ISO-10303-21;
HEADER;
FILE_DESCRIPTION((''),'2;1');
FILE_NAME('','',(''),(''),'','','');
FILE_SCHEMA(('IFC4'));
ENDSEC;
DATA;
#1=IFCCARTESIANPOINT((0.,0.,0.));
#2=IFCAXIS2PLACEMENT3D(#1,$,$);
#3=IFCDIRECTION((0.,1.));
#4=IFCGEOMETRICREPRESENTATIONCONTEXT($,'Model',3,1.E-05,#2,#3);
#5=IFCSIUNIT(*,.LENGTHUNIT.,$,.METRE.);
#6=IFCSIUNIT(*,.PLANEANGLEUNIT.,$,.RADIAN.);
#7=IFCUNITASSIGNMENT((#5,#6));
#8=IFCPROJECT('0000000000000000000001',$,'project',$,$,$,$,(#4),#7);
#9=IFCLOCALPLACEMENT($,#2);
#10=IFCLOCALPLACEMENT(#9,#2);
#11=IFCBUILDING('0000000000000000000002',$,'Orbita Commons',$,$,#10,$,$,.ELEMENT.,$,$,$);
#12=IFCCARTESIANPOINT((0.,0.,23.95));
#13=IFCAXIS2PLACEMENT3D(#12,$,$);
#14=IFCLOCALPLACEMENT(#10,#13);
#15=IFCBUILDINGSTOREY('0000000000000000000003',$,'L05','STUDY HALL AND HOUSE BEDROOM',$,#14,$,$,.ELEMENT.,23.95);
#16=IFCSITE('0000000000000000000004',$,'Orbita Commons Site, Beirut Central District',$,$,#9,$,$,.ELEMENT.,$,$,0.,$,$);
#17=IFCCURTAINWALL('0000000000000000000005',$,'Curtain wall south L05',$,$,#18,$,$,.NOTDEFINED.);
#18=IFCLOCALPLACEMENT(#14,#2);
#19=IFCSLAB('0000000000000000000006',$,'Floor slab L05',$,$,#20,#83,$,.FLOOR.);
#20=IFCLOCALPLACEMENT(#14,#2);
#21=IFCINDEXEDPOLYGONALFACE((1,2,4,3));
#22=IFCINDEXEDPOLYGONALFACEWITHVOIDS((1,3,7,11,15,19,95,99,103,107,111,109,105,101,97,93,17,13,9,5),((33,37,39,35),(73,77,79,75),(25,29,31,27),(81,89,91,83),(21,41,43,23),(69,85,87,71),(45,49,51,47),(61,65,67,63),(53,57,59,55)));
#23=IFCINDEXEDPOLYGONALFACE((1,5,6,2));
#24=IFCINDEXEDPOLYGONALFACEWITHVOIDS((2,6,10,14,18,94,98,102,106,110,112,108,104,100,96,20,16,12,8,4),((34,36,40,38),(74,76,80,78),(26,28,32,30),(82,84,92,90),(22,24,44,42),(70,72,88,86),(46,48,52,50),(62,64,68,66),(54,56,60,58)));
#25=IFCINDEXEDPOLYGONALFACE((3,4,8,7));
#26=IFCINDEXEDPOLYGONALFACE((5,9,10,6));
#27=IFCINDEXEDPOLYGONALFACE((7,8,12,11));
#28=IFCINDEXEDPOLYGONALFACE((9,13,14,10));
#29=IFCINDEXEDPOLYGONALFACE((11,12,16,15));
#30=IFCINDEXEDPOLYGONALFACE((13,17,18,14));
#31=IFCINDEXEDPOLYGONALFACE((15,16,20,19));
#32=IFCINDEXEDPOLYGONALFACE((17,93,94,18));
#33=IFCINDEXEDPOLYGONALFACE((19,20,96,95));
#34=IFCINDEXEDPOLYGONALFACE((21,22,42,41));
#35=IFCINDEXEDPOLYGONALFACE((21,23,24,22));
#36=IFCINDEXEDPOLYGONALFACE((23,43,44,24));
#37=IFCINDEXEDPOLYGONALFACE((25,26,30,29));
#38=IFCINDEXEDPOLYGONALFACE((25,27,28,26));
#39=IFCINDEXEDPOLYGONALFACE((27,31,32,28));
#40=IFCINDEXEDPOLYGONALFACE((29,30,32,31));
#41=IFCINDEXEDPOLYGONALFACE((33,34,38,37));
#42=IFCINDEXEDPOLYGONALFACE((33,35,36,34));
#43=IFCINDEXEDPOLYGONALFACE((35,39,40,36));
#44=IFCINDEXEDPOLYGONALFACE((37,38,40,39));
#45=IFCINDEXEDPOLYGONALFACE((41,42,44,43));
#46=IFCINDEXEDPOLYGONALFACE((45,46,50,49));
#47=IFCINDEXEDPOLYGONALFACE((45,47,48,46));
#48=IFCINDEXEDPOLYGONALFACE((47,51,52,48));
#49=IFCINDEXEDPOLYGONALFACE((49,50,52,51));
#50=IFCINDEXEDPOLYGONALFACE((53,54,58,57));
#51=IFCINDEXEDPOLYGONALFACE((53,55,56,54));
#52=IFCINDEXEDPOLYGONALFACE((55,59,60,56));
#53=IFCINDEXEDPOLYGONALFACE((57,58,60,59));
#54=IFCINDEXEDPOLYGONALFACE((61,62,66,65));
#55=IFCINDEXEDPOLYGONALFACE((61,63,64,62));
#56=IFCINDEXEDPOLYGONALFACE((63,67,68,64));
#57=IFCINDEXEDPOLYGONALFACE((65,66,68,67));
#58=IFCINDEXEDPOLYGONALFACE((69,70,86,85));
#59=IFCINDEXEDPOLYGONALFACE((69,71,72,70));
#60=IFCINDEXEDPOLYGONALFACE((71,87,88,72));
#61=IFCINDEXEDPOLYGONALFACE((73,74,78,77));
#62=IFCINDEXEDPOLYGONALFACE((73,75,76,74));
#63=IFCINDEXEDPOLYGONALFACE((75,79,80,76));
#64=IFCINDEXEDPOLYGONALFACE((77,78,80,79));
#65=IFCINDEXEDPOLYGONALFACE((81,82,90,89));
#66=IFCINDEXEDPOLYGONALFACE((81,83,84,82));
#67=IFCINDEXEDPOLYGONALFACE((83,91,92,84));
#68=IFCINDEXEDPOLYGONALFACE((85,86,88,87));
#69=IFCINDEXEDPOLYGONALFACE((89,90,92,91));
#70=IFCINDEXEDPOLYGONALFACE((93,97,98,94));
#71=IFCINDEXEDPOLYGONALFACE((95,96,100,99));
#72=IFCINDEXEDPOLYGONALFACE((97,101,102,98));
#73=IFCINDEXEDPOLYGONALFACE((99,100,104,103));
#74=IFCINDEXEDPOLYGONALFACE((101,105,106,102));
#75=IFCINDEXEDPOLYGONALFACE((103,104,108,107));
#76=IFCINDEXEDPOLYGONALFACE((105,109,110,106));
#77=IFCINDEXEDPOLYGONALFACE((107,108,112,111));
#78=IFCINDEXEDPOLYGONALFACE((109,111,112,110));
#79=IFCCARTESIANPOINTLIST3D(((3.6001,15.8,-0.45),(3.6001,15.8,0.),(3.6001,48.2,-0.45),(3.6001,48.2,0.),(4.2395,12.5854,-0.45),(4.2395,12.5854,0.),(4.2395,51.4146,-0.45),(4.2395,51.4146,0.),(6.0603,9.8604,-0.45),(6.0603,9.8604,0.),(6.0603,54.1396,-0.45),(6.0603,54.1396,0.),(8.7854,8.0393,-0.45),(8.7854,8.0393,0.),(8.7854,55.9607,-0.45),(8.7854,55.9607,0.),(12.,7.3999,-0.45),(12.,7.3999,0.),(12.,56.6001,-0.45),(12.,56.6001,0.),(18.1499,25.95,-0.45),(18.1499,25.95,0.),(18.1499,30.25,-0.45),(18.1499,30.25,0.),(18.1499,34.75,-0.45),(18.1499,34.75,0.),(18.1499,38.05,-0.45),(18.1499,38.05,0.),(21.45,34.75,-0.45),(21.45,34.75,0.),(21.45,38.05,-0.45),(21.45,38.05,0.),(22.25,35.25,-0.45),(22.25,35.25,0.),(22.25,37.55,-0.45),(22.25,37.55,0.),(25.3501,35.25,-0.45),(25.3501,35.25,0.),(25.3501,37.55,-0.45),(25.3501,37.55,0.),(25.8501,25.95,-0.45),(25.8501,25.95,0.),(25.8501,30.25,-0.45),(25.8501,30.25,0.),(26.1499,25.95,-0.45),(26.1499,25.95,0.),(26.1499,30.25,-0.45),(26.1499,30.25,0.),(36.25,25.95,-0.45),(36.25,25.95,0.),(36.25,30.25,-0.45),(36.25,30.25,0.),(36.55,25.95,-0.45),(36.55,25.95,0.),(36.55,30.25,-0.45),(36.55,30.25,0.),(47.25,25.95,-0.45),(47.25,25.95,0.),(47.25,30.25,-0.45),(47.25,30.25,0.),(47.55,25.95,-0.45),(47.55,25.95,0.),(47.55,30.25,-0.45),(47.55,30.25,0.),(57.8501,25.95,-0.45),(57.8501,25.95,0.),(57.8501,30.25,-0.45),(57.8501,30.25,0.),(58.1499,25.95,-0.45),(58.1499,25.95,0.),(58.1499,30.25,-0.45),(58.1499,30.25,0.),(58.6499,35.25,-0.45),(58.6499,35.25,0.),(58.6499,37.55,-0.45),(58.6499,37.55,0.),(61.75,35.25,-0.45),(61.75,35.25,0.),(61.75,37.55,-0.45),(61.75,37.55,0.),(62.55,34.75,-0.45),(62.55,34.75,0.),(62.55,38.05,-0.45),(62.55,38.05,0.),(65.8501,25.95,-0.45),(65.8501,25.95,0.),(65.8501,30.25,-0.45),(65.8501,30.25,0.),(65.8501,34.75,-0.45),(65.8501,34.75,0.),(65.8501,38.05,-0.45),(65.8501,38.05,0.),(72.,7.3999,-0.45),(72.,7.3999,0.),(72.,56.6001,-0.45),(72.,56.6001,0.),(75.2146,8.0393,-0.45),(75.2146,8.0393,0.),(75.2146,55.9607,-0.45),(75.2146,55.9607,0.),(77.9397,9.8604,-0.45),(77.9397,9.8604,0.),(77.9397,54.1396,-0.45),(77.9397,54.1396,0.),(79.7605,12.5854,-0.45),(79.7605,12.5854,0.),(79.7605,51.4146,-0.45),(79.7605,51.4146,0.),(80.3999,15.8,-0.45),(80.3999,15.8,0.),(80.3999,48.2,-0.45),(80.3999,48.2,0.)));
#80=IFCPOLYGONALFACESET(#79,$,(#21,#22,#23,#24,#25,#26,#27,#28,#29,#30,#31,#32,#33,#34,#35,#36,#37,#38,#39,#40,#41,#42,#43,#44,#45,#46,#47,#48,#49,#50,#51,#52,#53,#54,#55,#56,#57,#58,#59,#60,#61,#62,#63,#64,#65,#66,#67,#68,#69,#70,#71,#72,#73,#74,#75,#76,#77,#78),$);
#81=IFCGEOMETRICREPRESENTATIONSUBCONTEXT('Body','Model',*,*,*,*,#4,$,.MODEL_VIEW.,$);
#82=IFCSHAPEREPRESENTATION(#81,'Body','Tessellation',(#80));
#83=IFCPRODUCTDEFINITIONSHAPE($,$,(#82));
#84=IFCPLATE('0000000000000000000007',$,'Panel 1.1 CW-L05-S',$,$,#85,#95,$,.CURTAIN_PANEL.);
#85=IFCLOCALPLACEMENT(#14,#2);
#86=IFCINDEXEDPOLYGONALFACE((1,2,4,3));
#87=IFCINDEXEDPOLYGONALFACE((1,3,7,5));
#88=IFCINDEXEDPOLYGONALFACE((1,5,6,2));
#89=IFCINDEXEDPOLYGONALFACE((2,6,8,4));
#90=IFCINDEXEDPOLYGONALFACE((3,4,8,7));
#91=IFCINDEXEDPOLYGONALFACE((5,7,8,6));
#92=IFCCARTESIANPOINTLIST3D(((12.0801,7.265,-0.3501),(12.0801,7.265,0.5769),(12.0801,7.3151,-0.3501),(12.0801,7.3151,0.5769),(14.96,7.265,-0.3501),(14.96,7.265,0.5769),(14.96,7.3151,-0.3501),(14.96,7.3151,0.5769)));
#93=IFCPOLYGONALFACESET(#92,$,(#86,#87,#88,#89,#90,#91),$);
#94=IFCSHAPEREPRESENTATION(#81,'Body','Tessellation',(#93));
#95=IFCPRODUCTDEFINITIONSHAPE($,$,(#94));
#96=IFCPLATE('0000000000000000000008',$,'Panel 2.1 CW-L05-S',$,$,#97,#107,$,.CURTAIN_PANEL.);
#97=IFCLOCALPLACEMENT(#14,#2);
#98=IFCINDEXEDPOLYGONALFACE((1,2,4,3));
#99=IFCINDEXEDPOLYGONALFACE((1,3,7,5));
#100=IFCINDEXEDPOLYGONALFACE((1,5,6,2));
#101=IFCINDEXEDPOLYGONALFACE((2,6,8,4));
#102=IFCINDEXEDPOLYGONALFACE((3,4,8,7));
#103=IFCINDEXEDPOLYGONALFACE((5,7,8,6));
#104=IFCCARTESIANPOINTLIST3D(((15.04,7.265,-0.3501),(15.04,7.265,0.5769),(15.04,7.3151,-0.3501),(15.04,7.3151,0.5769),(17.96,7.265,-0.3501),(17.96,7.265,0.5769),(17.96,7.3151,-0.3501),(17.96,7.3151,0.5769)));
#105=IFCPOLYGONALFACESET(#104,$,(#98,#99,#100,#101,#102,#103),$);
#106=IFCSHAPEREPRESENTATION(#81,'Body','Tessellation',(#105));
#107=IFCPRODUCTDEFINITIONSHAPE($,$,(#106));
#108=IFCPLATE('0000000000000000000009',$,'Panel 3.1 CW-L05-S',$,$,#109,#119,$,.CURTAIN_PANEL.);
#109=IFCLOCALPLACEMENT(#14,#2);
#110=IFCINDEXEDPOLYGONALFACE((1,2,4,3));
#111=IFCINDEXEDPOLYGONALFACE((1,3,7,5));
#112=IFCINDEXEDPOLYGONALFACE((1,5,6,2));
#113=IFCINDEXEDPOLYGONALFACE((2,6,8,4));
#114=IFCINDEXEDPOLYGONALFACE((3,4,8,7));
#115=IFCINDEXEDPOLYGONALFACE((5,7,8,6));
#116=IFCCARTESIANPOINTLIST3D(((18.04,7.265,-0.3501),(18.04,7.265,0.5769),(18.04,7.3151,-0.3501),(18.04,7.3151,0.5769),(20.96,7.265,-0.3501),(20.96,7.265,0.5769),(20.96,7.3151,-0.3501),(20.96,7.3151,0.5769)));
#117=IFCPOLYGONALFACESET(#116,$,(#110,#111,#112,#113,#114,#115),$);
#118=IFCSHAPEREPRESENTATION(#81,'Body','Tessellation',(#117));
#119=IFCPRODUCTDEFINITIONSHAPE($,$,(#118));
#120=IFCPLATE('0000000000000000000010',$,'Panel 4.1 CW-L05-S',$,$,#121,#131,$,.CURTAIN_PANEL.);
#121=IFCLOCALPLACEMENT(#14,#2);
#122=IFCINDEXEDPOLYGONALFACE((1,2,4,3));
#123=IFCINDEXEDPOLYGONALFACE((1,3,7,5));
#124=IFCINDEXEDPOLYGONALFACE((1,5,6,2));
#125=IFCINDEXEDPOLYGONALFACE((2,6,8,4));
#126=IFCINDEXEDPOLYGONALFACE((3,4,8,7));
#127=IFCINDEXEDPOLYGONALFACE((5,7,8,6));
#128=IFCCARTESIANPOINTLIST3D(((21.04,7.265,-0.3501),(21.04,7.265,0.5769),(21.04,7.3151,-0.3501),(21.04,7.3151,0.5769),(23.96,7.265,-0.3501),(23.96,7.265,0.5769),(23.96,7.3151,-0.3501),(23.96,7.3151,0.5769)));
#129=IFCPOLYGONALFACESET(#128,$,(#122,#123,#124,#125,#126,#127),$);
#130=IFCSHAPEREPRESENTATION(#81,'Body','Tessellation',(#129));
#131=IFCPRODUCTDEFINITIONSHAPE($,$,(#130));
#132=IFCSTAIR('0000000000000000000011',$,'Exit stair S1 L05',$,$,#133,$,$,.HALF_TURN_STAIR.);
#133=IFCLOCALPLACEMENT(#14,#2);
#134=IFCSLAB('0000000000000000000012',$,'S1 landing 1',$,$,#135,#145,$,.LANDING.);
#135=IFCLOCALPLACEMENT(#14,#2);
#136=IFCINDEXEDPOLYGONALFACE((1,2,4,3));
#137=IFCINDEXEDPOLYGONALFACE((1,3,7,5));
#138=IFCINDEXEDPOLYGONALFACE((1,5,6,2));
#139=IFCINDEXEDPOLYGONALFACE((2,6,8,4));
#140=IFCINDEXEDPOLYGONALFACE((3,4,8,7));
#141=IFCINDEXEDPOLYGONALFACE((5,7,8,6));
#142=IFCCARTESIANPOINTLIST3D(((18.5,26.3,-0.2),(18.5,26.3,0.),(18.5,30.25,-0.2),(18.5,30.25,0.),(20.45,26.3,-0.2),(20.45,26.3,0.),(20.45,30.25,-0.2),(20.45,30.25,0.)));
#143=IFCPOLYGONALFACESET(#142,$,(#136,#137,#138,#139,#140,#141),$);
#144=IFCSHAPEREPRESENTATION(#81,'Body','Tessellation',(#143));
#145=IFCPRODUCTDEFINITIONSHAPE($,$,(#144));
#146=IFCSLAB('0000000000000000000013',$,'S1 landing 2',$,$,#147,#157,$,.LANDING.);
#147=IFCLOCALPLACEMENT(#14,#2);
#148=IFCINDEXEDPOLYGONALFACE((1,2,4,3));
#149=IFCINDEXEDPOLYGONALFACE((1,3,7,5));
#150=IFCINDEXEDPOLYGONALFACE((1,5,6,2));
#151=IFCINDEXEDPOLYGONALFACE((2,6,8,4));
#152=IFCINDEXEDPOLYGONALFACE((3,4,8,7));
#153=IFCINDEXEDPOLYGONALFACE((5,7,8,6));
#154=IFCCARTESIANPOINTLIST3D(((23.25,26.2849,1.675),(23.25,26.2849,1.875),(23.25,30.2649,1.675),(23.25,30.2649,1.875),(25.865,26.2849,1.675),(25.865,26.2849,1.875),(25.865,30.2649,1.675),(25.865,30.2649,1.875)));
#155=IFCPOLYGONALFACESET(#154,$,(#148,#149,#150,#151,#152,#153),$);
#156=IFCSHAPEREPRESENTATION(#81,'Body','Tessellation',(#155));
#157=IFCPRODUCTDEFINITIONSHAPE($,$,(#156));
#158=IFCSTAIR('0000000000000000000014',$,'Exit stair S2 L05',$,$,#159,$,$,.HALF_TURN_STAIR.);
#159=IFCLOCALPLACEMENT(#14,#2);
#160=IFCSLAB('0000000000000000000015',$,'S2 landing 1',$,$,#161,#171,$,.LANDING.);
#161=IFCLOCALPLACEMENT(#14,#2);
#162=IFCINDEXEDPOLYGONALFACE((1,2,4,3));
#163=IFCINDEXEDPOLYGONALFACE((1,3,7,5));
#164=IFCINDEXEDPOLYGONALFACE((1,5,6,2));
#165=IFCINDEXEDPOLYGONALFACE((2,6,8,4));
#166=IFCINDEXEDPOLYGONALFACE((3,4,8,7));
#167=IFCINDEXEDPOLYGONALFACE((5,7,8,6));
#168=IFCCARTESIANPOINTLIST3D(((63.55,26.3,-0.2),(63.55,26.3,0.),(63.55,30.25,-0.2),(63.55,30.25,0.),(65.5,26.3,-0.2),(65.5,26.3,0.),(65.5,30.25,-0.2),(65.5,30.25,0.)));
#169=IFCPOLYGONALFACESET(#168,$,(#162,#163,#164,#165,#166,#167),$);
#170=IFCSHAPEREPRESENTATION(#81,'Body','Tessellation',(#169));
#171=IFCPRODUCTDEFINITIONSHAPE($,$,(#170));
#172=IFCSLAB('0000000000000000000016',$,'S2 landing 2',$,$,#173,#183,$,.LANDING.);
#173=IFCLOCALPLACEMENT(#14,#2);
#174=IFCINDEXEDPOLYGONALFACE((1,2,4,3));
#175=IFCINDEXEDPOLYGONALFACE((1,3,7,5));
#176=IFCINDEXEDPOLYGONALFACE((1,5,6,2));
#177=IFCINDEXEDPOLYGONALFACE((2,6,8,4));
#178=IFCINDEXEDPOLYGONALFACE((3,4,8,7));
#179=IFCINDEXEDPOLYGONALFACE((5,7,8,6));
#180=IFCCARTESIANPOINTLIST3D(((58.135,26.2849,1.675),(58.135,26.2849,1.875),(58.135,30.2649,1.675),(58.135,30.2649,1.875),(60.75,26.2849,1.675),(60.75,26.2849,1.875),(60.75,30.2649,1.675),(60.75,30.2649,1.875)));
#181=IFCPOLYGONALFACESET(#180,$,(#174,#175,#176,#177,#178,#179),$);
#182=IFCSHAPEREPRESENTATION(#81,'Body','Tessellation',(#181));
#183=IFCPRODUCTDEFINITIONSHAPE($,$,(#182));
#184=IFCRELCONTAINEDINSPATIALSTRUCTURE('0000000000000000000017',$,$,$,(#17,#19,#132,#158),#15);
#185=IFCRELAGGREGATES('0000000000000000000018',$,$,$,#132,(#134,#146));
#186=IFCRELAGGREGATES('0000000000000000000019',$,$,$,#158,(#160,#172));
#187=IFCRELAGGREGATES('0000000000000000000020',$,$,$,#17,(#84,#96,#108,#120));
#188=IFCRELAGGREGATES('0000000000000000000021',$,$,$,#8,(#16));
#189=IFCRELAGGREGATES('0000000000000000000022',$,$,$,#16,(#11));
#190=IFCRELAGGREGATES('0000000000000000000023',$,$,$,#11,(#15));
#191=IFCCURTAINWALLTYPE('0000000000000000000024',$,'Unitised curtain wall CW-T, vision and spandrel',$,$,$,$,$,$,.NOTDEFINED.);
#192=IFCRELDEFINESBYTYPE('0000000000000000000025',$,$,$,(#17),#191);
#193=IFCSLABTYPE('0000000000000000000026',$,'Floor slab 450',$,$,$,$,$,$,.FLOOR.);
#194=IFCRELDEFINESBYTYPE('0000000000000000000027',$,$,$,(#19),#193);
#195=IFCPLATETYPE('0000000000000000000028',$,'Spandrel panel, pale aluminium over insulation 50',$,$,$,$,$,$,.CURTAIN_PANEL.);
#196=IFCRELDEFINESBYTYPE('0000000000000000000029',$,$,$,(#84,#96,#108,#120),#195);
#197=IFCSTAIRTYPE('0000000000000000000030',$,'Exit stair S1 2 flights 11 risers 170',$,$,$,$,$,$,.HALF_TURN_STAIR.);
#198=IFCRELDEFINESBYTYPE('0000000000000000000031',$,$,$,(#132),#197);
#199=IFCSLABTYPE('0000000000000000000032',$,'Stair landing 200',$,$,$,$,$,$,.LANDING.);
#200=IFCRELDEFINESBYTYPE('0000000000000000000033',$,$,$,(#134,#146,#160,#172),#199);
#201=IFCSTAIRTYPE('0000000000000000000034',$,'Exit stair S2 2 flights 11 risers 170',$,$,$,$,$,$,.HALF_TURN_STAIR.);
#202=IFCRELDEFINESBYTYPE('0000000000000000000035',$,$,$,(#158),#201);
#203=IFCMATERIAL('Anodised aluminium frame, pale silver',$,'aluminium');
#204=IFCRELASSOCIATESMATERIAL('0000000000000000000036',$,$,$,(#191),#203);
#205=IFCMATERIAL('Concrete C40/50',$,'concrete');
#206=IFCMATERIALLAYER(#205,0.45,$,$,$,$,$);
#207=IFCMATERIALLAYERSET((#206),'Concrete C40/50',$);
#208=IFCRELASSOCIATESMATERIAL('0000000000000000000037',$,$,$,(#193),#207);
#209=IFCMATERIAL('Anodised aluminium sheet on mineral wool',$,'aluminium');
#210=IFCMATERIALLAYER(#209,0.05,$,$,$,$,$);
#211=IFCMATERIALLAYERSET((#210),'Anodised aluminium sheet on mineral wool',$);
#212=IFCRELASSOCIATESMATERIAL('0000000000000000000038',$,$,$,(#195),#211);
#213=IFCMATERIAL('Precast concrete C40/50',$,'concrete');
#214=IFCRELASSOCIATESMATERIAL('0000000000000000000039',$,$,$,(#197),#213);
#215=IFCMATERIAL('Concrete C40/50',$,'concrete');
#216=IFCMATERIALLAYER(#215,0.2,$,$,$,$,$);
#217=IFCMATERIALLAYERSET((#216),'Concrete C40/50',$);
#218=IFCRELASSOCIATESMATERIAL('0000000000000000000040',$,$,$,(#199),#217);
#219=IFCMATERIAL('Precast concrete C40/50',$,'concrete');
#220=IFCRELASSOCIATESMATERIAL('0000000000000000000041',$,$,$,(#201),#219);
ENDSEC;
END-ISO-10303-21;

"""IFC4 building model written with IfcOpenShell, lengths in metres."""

from ifc_helpers import new_model, si_unit, direction, frame, origin, origin_2d, place, context, subcontext, project, spatial, polyline, rectangle, outline, extrude, material, layer, layer_set, type_object, element, aggregate, save


model = new_model("IFC4")

# Units and contexts
model_context = context("Model", 3, precision=1e-05, world=origin(), true_north=direction((0.0, 1.0)))
body_context = subcontext(model_context, "Body", "Model", "MODEL_VIEW")
ifc_project = project(units=[si_unit("LENGTHUNIT", "METRE"), si_unit("PLANEANGLEUNIT", "RADIAN")], contexts=[model_context])

# Site, building, storey
site_placement = place(None, origin())
site = spatial("IfcSite", under=ifc_project, at=site_placement, Name="Orbita Commons Site, Beirut Central District", CompositionType="ELEMENT", RefElevation=0.0)
building_placement = place(site_placement, origin())
building = spatial("IfcBuilding", under=site, at=building_placement, Name="Orbita Commons", CompositionType="ELEMENT")
storey_placement = place(building_placement, frame((0.0, 0.0, 23.95)))
storey = spatial("IfcBuildingStorey", under=building, at=storey_placement, Name="L05", Description="STUDY HALL AND HOUSE BEDROOM", CompositionType="ELEMENT", Elevation=23.95)

# Curtain wall
ifc_material_1 = material(Name="Anodised aluminium frame, pale silver", Category="aluminium")
curtain_wall_type = type_object("IfcCurtainWallType", Name="Unitised curtain wall CW-T, vision and spandrel", PredefinedType="NOTDEFINED", material=ifc_material_1)
curtain_wall_placement = place(storey_placement, origin())
curtain_wall = element("IfcCurtainWall", 1, at=curtain_wall_placement, inside=storey, type_object=curtain_wall_type, Name="Curtain wall south L05", PredefinedType="NOTDEFINED")

# Slab
ifc_material_2 = material(Name="Concrete C40/50", Category="concrete")
ifc_layer_1 = layer(ifc_material_2, 0.45)
ifc_layer_set_1 = layer_set([ifc_layer_1], Name="Concrete C40/50")
slab_type_1 = type_object("IfcSlabType", Name="Floor slab 450", PredefinedType="FLOOR", material=ifc_layer_set_1)
slab_1_placement = place(storey_placement, frame((0.0, 0.0, -0.45)))
element("IfcSlab", 2, at=slab_1_placement, inside=storey, type_object=slab_type_1, Name="Floor slab L05", PredefinedType="FLOOR", context=body_context, shape_type="SweptSolid", body=[
    extrude(outline(polyline([(72.0, 7.3999), (75.2146, 8.0393), (77.9397, 9.8604), (79.7605, 12.5854), (80.3999, 15.8), (80.3999, 48.2), (79.7605, 51.4146), (77.9397, 54.1396), (75.2146, 55.9607), (72.0, 56.6001), (12.0, 56.6001), (8.7854, 55.9607), (6.0603, 54.1396), (4.2395, 51.4146), (3.6001, 48.2), (3.6001, 15.8), (4.2395, 12.5854), (6.0603, 9.8604), (8.7854, 8.0393), (12.0, 7.3999), (72.0, 7.3999)]), holes=[polyline([(18.1499, 25.95), (25.8501, 25.95), (25.8501, 30.25), (18.1499, 30.25), (18.1499, 25.95)]), polyline([(58.1499, 25.95), (65.8501, 25.95), (65.8501, 30.25), (58.1499, 30.25), (58.1499, 25.95)]), polyline([(18.1499, 34.75), (21.45, 34.75), (21.45, 38.05), (18.1499, 38.05), (18.1499, 34.75)]), polyline([(62.55, 34.75), (65.8501, 34.75), (65.8501, 38.05), (62.55, 38.05), (62.55, 34.75)]), polyline([(22.25, 35.25), (25.3501, 35.25), (25.3501, 37.55), (22.25, 37.55), (22.25, 35.25)]), polyline([(58.6499, 35.25), (61.75, 35.25), (61.75, 37.55), (58.6499, 37.55), (58.6499, 35.25)]), polyline([(26.1499, 25.95), (36.25, 25.95), (36.25, 30.25), (26.1499, 30.25), (26.1499, 25.95)]), polyline([(36.55, 25.95), (47.25, 25.95), (47.25, 30.25), (36.55, 30.25), (36.55, 25.95)]), polyline([(47.55, 25.95), (57.8501, 25.95), (57.8501, 30.25), (47.55, 30.25), (47.55, 25.95)])]), origin(), (0.0, 0.0, 1.0), 0.45),
])

# Plates
ifc_material_3 = material(Name="Anodised aluminium sheet on mineral wool", Category="aluminium")
ifc_layer_2 = layer(ifc_material_3, 0.05)
ifc_layer_set_2 = layer_set([ifc_layer_2], Name="Anodised aluminium sheet on mineral wool")
plate_type_1 = type_object("IfcPlateType", Name="Spandrel panel, pale aluminium over insulation 50", PredefinedType="CURTAIN_PANEL", material=ifc_layer_set_2)
plate_1_placement = place(storey_placement, frame((13.52, 7.29, -0.3501), z_axis=(0.0, 0.0, 1.0), x_axis=(1.0, 0.0, 0.0)))
plate_1 = element("IfcPlate", 3, at=plate_1_placement, type_object=plate_type_1, Name="Panel 1.1 CW-L05-S", PredefinedType="CURTAIN_PANEL", context=body_context, shape_type="SweptSolid", body=[
    extrude(rectangle(XDim=2.8799, YDim=0.05, at=origin_2d()), origin(), (0.0, 0.0, 1.0), 0.927),
])
plate_2_placement = place(storey_placement, frame((16.5, 7.29, -0.3501), z_axis=(0.0, 0.0, 1.0), x_axis=(1.0, 0.0, 0.0)))
plate_2 = element("IfcPlate", 4, at=plate_2_placement, type_object=plate_type_1, Name="Panel 2.1 CW-L05-S", PredefinedType="CURTAIN_PANEL", context=body_context, shape_type="SweptSolid", body=[
    extrude(rectangle(XDim=2.9199, YDim=0.05, at=origin_2d()), origin(), (0.0, 0.0, 1.0), 0.927),
])
plate_3_placement = place(storey_placement, frame((19.5, 7.29, -0.3501), z_axis=(0.0, 0.0, 1.0), x_axis=(1.0, 0.0, 0.0)))
plate_3 = element("IfcPlate", 5, at=plate_3_placement, type_object=plate_type_1, Name="Panel 3.1 CW-L05-S", PredefinedType="CURTAIN_PANEL", context=body_context, shape_type="SweptSolid", body=[
    extrude(rectangle(XDim=2.9199, YDim=0.05, at=origin_2d()), origin(), (0.0, 0.0, 1.0), 0.927),
])
plate_4_placement = place(storey_placement, frame((22.5, 7.29, -0.3501), z_axis=(0.0, 0.0, 1.0), x_axis=(1.0, 0.0, 0.0)))
plate_4 = element("IfcPlate", 6, at=plate_4_placement, type_object=plate_type_1, Name="Panel 4.1 CW-L05-S", PredefinedType="CURTAIN_PANEL", context=body_context, shape_type="SweptSolid", body=[
    extrude(rectangle(XDim=2.9199, YDim=0.05, at=origin_2d()), origin(), (0.0, 0.0, 1.0), 0.927),
])

# Stairs, slabs
ifc_material_4 = material(Name="Precast concrete C40/50", Category="concrete")
stair_type_1 = type_object("IfcStairType", Name="Exit stair S1 2 flights 11 risers 170", PredefinedType="HALF_TURN_STAIR", material=ifc_material_4)
stair_1_placement = place(storey_placement, origin())
stair_1 = element("IfcStair", 7, at=stair_1_placement, inside=storey, type_object=stair_type_1, Name="Exit stair S1 L05", PredefinedType="HALF_TURN_STAIR")
ifc_material_5 = material(Name="Concrete C40/50", Category="concrete")
ifc_layer_3 = layer(ifc_material_5, 0.2)
ifc_layer_set_3 = layer_set([ifc_layer_3], Name="Concrete C40/50")
slab_type_2 = type_object("IfcSlabType", Name="Stair landing 200", PredefinedType="LANDING", material=ifc_layer_set_3)
slab_2_placement = place(storey_placement, frame((0.0, 0.0, -0.2)))
slab_2 = element("IfcSlab", 8, at=slab_2_placement, type_object=slab_type_2, Name="S1 landing 1", PredefinedType="LANDING", context=body_context, shape_type="SweptSolid", body=[
    extrude(outline(polyline([(18.5, 26.3), (20.45, 26.3), (20.45, 30.25), (18.5, 30.25), (18.5, 26.3)])), origin(), (0.0, 0.0, 1.0), 0.2),
])
slab_3_placement = place(storey_placement, frame((0.0, 0.0, 1.675)))
slab_3 = element("IfcSlab", 9, at=slab_3_placement, type_object=slab_type_2, Name="S1 landing 2", PredefinedType="LANDING", context=body_context, shape_type="SweptSolid", body=[
    extrude(outline(polyline([(23.25, 26.2849), (25.865, 26.2849), (25.865, 30.2649), (23.25, 30.2649), (23.25, 26.2849)])), origin(), (0.0, 0.0, 1.0), 0.2),
])
aggregate(stair_1, [slab_2, slab_3])
ifc_material_6 = material(Name="Precast concrete C40/50", Category="concrete")
stair_type_2 = type_object("IfcStairType", Name="Exit stair S2 2 flights 11 risers 170", PredefinedType="HALF_TURN_STAIR", material=ifc_material_6)
stair_2_placement = place(storey_placement, origin())
stair_2 = element("IfcStair", 10, at=stair_2_placement, inside=storey, type_object=stair_type_2, Name="Exit stair S2 L05", PredefinedType="HALF_TURN_STAIR")
slab_4_placement = place(storey_placement, frame((0.0, 0.0, -0.2)))
slab_4 = element("IfcSlab", 11, at=slab_4_placement, type_object=slab_type_2, Name="S2 landing 1", PredefinedType="LANDING", context=body_context, shape_type="SweptSolid", body=[
    extrude(outline(polyline([(63.55, 26.3), (65.5, 26.3), (65.5, 30.25), (63.55, 30.25), (63.55, 26.3)])), origin(), (0.0, 0.0, 1.0), 0.2),
])
slab_5_placement = place(storey_placement, frame((0.0, 0.0, 1.675)))
slab_5 = element("IfcSlab", 12, at=slab_5_placement, type_object=slab_type_2, Name="S2 landing 2", PredefinedType="LANDING", context=body_context, shape_type="SweptSolid", body=[
    extrude(outline(polyline([(58.135, 26.2849), (60.75, 26.2849), (60.75, 30.2649), (58.135, 30.2649), (58.135, 26.2849)])), origin(), (0.0, 0.0, 1.0), 0.2),
])
aggregate(stair_2, [slab_4, slab_5])

aggregate(curtain_wall, [plate_1, plate_2, plate_3, plate_4])

save(model, "model.ifc")
